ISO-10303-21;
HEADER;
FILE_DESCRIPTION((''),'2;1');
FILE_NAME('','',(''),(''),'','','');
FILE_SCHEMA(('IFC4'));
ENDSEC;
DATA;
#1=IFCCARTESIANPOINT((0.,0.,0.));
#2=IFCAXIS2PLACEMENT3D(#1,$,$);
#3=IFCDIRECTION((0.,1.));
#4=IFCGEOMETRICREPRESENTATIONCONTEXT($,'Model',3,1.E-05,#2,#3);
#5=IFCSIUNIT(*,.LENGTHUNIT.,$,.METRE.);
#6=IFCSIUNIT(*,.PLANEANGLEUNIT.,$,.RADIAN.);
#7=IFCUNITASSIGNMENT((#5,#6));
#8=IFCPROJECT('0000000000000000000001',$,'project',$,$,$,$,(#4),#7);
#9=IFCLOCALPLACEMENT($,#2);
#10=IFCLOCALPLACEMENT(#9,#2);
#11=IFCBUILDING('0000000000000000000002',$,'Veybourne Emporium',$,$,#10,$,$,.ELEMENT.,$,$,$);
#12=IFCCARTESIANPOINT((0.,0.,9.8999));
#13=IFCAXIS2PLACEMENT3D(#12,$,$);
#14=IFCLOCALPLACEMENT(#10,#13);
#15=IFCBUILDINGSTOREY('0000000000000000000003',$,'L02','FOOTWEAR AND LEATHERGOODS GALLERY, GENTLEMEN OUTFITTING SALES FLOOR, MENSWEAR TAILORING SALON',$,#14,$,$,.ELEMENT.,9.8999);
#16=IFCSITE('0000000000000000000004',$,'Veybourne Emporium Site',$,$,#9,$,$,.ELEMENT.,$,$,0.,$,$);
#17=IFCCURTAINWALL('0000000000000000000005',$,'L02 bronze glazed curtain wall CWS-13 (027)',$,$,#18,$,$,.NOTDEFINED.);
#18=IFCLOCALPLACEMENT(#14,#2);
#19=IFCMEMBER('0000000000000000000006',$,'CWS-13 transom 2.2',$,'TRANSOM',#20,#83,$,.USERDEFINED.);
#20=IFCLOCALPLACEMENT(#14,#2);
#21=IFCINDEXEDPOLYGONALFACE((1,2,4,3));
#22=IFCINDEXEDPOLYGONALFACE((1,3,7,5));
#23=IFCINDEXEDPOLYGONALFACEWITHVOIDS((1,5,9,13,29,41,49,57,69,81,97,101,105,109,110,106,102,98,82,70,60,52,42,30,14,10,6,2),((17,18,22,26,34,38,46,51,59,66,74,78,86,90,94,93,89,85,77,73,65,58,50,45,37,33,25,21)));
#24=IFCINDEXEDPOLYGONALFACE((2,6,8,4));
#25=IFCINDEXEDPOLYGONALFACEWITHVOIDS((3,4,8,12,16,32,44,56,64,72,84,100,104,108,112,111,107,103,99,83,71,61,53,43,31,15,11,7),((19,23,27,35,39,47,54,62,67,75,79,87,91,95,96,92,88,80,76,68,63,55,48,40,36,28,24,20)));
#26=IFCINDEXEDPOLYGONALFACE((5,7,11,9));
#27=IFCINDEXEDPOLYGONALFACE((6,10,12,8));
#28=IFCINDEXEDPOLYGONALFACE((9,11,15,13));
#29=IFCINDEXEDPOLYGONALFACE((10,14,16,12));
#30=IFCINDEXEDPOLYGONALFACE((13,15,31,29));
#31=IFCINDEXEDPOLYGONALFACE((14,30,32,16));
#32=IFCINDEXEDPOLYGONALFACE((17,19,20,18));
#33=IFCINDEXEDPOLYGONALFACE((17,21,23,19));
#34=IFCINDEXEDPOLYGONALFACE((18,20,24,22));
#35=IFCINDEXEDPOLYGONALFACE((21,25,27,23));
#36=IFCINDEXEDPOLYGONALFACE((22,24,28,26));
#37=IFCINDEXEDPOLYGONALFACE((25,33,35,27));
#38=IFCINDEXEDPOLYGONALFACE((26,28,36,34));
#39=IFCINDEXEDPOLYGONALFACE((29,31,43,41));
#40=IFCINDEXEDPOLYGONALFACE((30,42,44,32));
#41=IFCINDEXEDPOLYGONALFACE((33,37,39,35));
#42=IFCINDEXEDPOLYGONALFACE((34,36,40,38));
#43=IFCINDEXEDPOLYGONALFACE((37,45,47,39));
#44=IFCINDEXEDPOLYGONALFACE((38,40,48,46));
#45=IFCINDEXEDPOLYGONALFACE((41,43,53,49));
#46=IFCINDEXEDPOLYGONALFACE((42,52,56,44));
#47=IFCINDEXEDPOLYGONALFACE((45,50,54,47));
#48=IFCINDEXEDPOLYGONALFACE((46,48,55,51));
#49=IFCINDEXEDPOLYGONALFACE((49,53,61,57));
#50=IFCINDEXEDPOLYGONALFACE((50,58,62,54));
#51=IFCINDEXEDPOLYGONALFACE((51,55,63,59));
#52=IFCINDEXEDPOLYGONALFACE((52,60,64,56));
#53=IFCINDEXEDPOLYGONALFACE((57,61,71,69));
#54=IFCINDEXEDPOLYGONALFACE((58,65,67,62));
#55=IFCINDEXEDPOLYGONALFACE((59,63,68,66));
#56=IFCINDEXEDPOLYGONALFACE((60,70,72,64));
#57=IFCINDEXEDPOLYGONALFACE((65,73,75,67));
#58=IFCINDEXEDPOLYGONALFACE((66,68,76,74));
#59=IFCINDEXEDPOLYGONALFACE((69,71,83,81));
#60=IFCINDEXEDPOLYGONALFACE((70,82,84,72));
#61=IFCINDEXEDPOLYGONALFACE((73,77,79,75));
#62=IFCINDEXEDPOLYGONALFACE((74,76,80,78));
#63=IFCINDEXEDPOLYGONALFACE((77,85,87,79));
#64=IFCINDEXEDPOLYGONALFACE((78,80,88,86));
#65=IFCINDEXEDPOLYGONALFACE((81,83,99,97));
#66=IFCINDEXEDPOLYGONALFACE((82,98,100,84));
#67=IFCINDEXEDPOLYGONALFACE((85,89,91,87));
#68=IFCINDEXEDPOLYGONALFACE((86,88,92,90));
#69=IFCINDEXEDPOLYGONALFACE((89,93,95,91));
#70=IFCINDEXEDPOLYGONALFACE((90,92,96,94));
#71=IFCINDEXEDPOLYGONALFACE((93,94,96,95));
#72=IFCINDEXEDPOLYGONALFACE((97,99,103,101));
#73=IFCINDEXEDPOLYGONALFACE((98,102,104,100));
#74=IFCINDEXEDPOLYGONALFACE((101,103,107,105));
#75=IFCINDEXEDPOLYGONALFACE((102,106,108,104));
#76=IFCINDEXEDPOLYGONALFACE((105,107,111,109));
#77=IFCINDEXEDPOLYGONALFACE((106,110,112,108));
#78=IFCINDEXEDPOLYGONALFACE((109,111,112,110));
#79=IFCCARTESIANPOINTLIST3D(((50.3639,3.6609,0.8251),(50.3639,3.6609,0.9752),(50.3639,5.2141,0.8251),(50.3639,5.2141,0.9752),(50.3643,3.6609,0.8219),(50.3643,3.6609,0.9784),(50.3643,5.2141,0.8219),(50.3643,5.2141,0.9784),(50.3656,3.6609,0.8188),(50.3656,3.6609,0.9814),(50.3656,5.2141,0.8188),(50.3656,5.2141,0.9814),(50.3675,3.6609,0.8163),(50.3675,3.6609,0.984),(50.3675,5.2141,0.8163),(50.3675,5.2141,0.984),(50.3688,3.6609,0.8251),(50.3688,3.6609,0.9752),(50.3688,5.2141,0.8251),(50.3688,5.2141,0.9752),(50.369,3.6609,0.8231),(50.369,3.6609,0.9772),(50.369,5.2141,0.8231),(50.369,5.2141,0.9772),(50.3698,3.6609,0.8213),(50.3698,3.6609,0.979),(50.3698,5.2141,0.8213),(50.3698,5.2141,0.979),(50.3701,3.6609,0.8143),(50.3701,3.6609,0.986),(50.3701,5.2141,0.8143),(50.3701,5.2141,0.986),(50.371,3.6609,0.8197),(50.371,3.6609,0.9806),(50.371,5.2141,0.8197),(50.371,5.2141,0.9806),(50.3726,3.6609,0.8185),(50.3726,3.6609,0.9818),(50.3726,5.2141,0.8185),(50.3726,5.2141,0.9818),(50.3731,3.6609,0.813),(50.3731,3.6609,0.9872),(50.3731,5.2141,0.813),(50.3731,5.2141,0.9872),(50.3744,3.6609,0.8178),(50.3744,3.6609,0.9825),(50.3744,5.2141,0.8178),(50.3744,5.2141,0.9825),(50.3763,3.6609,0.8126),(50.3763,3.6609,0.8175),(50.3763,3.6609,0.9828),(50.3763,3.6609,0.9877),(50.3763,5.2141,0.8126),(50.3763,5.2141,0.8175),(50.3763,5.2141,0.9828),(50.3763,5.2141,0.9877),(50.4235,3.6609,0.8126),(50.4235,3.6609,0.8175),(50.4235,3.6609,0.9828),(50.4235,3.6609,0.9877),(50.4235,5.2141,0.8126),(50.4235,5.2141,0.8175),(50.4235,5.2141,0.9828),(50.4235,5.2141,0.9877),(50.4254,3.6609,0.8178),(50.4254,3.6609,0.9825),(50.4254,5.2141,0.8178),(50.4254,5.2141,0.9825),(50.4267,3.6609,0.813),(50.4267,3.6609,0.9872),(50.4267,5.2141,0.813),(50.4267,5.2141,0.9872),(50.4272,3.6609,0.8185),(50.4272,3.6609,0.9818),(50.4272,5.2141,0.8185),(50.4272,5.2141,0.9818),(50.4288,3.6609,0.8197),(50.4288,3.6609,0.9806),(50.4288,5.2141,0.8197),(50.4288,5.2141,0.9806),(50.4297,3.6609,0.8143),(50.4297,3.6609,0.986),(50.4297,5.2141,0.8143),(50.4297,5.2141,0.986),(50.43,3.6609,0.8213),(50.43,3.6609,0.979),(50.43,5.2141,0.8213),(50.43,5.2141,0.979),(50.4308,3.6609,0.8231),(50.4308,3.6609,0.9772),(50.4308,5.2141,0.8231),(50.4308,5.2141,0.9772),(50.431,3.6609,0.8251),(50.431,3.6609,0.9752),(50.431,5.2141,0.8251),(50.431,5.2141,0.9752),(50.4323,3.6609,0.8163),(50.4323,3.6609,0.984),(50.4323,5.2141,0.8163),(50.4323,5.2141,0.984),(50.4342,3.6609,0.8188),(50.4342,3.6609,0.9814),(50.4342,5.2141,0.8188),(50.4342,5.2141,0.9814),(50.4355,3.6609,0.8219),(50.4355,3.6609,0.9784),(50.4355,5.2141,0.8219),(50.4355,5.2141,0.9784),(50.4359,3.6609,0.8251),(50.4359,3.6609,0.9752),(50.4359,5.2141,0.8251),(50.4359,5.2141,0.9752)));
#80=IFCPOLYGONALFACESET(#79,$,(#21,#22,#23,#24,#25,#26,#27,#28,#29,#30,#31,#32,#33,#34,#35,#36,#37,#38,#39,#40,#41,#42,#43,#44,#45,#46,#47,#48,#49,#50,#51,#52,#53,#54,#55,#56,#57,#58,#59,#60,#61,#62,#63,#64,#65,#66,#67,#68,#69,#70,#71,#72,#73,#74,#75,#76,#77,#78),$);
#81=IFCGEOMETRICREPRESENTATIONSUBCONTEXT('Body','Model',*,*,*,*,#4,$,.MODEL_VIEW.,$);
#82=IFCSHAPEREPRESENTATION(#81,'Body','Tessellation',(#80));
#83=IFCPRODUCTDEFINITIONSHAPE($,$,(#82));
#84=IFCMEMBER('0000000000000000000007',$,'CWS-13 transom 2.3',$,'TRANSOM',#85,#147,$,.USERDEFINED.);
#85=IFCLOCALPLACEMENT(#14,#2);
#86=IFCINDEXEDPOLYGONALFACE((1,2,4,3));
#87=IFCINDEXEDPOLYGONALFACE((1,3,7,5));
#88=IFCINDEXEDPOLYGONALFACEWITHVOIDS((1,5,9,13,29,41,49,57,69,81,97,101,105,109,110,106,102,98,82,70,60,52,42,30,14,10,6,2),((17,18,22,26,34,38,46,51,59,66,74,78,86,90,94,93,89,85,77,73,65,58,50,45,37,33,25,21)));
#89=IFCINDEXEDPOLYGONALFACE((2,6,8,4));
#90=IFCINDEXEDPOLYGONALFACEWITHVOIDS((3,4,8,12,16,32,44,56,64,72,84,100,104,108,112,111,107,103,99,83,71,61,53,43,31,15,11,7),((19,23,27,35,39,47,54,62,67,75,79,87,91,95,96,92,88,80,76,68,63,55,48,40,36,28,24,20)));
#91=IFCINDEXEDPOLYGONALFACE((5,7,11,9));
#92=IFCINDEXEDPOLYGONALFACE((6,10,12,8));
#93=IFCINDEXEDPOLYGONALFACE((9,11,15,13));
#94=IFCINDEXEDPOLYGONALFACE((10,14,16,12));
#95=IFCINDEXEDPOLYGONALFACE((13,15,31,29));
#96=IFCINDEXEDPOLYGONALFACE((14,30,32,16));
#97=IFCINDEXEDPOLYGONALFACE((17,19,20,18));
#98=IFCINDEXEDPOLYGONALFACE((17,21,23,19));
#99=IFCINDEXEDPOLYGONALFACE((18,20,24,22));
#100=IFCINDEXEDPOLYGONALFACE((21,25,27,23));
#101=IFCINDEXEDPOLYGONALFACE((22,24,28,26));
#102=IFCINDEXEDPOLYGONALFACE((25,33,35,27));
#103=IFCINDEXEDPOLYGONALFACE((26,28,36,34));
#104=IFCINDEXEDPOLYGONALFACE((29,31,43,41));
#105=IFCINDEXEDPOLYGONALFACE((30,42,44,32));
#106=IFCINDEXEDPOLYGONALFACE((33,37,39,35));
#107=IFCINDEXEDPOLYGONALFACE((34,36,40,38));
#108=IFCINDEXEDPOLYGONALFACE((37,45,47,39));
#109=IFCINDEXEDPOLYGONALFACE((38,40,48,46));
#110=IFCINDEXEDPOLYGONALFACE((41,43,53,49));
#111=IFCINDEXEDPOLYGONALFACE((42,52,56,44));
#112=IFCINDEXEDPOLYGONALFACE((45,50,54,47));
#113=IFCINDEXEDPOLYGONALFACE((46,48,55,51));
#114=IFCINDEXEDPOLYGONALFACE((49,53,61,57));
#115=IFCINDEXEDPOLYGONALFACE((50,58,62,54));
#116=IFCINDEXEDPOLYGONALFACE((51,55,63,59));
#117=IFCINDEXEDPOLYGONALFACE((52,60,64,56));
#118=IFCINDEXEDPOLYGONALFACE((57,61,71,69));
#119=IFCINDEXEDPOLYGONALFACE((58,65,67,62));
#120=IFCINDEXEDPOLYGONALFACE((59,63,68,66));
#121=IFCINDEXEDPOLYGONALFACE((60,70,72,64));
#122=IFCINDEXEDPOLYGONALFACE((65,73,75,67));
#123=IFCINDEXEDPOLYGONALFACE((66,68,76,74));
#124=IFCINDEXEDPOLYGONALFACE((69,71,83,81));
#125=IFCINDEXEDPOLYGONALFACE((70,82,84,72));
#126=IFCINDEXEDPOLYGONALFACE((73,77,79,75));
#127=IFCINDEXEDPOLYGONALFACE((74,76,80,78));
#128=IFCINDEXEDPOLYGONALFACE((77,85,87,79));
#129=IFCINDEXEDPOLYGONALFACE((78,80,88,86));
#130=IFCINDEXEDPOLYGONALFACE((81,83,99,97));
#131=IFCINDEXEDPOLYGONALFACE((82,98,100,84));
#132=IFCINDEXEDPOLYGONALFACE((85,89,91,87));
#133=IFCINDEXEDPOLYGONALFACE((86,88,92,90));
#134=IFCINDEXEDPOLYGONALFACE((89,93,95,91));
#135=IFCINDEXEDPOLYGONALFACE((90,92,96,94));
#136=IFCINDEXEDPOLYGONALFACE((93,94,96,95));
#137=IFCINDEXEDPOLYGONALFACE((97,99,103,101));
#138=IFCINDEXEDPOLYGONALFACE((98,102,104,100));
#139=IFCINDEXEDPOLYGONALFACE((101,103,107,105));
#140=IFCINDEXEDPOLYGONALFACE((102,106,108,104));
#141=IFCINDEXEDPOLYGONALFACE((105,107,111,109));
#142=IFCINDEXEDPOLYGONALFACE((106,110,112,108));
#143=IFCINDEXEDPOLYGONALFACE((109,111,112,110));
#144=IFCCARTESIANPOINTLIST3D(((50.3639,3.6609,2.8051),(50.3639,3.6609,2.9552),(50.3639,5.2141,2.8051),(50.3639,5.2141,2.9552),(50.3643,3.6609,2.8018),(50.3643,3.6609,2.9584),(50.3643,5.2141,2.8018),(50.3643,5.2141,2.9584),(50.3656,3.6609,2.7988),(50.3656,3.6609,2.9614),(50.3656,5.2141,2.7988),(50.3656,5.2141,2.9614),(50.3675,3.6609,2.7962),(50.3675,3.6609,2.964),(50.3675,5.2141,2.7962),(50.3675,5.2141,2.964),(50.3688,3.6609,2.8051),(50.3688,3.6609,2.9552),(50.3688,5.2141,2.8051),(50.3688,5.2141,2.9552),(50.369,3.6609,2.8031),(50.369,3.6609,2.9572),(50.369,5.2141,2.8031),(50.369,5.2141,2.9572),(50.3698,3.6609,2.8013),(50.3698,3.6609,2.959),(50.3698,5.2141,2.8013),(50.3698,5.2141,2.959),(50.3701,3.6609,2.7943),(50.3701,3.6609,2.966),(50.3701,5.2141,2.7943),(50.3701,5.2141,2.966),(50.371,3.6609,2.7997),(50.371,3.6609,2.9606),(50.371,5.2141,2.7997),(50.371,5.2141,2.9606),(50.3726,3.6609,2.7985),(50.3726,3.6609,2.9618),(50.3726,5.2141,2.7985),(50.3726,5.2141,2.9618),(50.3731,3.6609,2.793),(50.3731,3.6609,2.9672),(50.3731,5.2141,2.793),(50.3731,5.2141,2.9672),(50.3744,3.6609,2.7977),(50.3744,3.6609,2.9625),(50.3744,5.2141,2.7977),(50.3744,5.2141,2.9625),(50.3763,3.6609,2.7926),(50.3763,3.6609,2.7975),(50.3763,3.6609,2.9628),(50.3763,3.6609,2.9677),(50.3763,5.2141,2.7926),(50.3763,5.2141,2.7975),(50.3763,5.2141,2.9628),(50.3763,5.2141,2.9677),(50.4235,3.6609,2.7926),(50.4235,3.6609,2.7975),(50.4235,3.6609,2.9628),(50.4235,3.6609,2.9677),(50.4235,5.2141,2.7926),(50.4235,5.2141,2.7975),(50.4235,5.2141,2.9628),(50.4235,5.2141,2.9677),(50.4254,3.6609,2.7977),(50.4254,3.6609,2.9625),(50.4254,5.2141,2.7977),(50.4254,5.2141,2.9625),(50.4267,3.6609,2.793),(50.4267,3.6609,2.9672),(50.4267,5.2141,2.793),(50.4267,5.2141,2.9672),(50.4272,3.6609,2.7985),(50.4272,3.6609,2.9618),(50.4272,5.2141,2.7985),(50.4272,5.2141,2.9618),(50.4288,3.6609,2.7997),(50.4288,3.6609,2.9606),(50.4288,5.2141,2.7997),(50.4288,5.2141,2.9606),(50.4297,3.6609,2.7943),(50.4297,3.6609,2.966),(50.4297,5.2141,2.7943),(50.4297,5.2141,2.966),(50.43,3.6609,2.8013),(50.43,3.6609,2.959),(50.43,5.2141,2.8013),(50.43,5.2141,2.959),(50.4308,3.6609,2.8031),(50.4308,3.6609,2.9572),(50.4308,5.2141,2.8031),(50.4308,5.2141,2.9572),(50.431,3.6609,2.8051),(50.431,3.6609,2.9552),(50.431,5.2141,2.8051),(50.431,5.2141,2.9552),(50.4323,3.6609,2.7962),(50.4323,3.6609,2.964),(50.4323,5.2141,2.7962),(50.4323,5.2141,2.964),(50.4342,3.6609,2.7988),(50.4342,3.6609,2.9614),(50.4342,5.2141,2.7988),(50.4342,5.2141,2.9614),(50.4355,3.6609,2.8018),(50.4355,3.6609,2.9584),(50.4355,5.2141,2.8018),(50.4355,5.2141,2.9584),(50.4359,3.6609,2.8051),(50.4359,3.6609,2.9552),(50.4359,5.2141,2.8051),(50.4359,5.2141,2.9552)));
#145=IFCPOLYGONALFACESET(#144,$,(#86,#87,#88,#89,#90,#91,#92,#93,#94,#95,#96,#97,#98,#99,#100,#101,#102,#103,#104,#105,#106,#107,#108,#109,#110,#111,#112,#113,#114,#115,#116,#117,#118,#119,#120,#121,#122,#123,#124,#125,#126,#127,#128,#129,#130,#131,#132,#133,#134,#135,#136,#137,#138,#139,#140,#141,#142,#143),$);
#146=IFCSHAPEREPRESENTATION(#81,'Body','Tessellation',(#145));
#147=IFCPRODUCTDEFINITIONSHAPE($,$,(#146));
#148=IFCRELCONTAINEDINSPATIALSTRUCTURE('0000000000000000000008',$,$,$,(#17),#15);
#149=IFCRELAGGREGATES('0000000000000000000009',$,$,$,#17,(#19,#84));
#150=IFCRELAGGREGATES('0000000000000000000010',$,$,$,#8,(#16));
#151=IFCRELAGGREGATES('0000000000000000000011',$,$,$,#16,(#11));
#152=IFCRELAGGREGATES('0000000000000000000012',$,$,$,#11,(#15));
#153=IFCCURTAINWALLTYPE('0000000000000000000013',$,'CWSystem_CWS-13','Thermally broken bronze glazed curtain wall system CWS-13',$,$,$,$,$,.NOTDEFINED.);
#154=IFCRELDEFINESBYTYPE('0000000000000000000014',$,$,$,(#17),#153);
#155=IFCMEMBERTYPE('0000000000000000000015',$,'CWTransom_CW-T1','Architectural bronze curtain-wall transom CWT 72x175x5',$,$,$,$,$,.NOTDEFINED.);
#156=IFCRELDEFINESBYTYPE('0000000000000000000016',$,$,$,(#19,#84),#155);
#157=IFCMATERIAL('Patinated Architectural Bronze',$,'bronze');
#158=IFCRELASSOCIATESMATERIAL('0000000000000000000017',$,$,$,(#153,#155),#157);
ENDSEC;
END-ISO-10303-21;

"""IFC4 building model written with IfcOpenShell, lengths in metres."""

from ifc_helpers import new_model, si_unit, direction, frame, origin, origin_2d, place, context, subcontext, project, spatial, hollow_rectangle, extrude, material, material_profile, profile_set, type_object, element, aggregate, save


model = new_model("IFC4")

# Units and contexts
model_context = context("Model", 3, precision=1e-05, world=origin(), true_north=direction((0.0, 1.0)))
body_context = subcontext(model_context, "Body", "Model", "MODEL_VIEW")
ifc_project = project(units=[si_unit("LENGTHUNIT", "METRE"), si_unit("PLANEANGLEUNIT", "RADIAN")], contexts=[model_context])

# Site, building, storey
site_placement = place(None, origin())
site = spatial("IfcSite", under=ifc_project, at=site_placement, Name="Veybourne Emporium Site", CompositionType="ELEMENT", RefElevation=0.0)
building_placement = place(site_placement, origin())
building = spatial("IfcBuilding", under=site, at=building_placement, Name="Veybourne Emporium", CompositionType="ELEMENT")
storey_placement = place(building_placement, frame((0.0, 0.0, 9.8999)))
storey = spatial("IfcBuildingStorey", under=building, at=storey_placement, Name="L02", Description="FOOTWEAR AND LEATHERGOODS GALLERY, GENTLEMEN OUTFITTING SALES FLOOR, MENSWEAR TAILORING SALON", CompositionType="ELEMENT", Elevation=9.8999)

# Curtain wall
ifc_material_1 = material(Name="Patinated Architectural Bronze", Category="bronze")
curtain_wall_type_1 = type_object("IfcCurtainWallType", Name="CWSystem_CWS-13", Description="Thermally broken bronze glazed curtain wall system CWS-13", PredefinedType="NOTDEFINED", material=ifc_material_1)
curtain_wall_1_placement = place(storey_placement, origin())
curtain_wall_1 = element("IfcCurtainWall", 1, at=curtain_wall_1_placement, inside=storey, type_object=curtain_wall_type_1, Name="L02 bronze glazed curtain wall CWS-13 (027)", PredefinedType="NOTDEFINED")

# Members
ifc_material_profile_1 = material_profile(ifc_material_1, hollow_rectangle(XDim=0.072, YDim=0.175, WallThickness=0.0049, InnerFilletRadius=0.0076, OuterFilletRadius=0.0125, at=origin_2d()), Name="CWT 72x175x5")
ifc_profile_set_1 = profile_set([ifc_material_profile_1], Name="Patinated Architectural Bronze")
member_type_1 = type_object("IfcMemberType", Name="CWTransom_CW-T1", Description="Architectural bronze curtain-wall transom CWT 72x175x5", PredefinedType="NOTDEFINED", material=ifc_profile_set_1)
member_1_placement = place(storey_placement, frame((50.3999, 5.2141, 0.9001), z_axis=(0.0, -1.0, 0.0), x_axis=(1.0, 0.0, 0.0)))
member_1 = element("IfcMember", 2, at=member_1_placement, type_object=member_type_1, Name="CWS-13 transom 2.2", ObjectType="TRANSOM", PredefinedType="USERDEFINED", context=body_context, shape_type="SweptSolid", body=[
    extrude(hollow_rectangle(XDim=0.072, YDim=0.175, WallThickness=0.0049, InnerFilletRadius=0.0076, OuterFilletRadius=0.0125, at=origin_2d()), origin(), (0.0, 0.0, 1.0), 1.5532),
])
member_2_placement = place(storey_placement, frame((50.3999, 5.2141, 2.8801), z_axis=(0.0, -1.0, 0.0), x_axis=(1.0, 0.0, 0.0)))
member_2 = element("IfcMember", 3, at=member_2_placement, type_object=member_type_1, Name="CWS-13 transom 2.3", ObjectType="TRANSOM", PredefinedType="USERDEFINED", context=body_context, shape_type="SweptSolid", body=[
    extrude(hollow_rectangle(XDim=0.072, YDim=0.175, WallThickness=0.0049, InnerFilletRadius=0.0076, OuterFilletRadius=0.0125, at=origin_2d()), origin(), (0.0, 0.0, 1.0), 1.5532),
])

aggregate(curtain_wall_1, [member_1, member_2])

save(model, "model.ifc")
